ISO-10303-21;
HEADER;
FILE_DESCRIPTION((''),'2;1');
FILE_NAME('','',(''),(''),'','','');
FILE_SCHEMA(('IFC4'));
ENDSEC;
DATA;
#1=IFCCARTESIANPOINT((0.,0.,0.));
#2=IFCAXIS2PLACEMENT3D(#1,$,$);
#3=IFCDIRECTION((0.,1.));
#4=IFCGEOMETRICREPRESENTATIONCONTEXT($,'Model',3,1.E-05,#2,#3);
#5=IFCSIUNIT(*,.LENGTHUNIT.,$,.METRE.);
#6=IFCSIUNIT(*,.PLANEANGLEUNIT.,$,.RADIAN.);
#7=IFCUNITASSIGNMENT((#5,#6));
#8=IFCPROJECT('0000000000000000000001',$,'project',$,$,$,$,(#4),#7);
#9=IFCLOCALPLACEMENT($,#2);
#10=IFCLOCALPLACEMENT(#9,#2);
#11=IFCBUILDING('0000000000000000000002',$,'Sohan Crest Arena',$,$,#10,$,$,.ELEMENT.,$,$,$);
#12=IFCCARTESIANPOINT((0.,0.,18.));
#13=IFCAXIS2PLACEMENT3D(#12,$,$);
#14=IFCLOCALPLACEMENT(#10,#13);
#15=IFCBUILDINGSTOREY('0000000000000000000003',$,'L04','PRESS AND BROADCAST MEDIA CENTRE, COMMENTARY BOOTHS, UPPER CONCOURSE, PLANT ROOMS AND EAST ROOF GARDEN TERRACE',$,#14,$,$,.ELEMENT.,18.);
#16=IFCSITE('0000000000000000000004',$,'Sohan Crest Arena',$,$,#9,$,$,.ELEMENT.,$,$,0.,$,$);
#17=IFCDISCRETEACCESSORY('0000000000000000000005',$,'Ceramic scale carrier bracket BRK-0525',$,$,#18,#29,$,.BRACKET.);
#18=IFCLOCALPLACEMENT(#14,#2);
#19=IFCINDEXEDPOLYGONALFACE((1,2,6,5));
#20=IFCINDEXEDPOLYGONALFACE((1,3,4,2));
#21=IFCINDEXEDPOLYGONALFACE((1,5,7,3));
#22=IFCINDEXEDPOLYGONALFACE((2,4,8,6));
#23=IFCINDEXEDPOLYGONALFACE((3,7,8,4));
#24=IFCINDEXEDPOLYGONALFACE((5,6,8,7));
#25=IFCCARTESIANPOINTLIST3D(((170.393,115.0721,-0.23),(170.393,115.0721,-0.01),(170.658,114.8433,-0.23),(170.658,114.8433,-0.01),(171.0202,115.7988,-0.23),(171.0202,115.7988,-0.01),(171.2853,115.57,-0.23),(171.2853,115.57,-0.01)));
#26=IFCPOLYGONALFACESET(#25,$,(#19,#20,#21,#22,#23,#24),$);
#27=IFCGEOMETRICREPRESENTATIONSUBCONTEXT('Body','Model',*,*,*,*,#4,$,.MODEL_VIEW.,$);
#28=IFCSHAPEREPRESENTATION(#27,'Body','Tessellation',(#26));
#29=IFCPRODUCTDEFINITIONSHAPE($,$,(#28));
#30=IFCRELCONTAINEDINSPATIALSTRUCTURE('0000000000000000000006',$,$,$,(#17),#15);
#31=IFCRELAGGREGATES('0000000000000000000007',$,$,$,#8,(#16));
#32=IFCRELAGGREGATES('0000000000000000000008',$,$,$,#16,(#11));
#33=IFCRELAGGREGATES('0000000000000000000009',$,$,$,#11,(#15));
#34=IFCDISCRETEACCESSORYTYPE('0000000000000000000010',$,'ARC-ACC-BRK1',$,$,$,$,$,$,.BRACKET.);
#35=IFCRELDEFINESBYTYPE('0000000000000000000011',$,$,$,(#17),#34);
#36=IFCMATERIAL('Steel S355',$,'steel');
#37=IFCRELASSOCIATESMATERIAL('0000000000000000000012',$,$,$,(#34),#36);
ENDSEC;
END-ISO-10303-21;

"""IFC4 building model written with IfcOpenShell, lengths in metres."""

from ifc_helpers import new_model, si_unit, direction, frame, origin, origin_2d, place, context, subcontext, project, spatial, rectangle, extrude, material, type_object, element, save


model = new_model("IFC4")

# Units and contexts
model_context = context("Model", 3, precision=1e-05, world=origin(), true_north=direction((0.0, 1.0)))
body_context = subcontext(model_context, "Body", "Model", "MODEL_VIEW")
ifc_project = project(units=[si_unit("LENGTHUNIT", "METRE"), si_unit("PLANEANGLEUNIT", "RADIAN")], contexts=[model_context])

# Site, building, storey
site_placement = place(None, origin())
site = spatial("IfcSite", under=ifc_project, at=site_placement, Name="Sohan Crest Arena", CompositionType="ELEMENT", RefElevation=0.0)
building_placement = place(site_placement, origin())
building = spatial("IfcBuilding", under=site, at=building_placement, Name="Sohan Crest Arena", CompositionType="ELEMENT")
storey_placement = place(building_placement, frame((0.0, 0.0, 18.0)))
storey = spatial("IfcBuildingStorey", under=building, at=storey_placement, Name="L04", Description="PRESS AND BROADCAST MEDIA CENTRE, COMMENTARY BOOTHS, UPPER CONCOURSE, PLANT ROOMS AND EAST ROOF GARDEN TERRACE", CompositionType="ELEMENT", Elevation=18.0)

# Shared definitions
ifc_material_1 = material(Name="Steel S355", Category="steel")

# Discrete accessory
discrete_accessory_type = type_object("IfcDiscreteAccessoryType", Name="ARC-ACC-BRK1", PredefinedType="BRACKET", material=ifc_material_1)
discrete_accessory_placement = place(storey_placement, frame((170.8391, 115.321, -0.23), z_axis=(0.0, 0.0, 1.0), x_axis=(-0.756995, 0.653421, 0.0)))
element("IfcDiscreteAccessory", 1, at=discrete_accessory_placement, inside=storey, type_object=discrete_accessory_type, Name="Ceramic scale carrier bracket BRK-0525", PredefinedType="BRACKET", context=body_context, shape_type="SweptSolid", body=[
    extrude(rectangle(XDim=0.3501, YDim=0.96, at=origin_2d()), origin(), (0.0, 0.0, 1.0), 0.22),
])

save(model, "model.ifc")
